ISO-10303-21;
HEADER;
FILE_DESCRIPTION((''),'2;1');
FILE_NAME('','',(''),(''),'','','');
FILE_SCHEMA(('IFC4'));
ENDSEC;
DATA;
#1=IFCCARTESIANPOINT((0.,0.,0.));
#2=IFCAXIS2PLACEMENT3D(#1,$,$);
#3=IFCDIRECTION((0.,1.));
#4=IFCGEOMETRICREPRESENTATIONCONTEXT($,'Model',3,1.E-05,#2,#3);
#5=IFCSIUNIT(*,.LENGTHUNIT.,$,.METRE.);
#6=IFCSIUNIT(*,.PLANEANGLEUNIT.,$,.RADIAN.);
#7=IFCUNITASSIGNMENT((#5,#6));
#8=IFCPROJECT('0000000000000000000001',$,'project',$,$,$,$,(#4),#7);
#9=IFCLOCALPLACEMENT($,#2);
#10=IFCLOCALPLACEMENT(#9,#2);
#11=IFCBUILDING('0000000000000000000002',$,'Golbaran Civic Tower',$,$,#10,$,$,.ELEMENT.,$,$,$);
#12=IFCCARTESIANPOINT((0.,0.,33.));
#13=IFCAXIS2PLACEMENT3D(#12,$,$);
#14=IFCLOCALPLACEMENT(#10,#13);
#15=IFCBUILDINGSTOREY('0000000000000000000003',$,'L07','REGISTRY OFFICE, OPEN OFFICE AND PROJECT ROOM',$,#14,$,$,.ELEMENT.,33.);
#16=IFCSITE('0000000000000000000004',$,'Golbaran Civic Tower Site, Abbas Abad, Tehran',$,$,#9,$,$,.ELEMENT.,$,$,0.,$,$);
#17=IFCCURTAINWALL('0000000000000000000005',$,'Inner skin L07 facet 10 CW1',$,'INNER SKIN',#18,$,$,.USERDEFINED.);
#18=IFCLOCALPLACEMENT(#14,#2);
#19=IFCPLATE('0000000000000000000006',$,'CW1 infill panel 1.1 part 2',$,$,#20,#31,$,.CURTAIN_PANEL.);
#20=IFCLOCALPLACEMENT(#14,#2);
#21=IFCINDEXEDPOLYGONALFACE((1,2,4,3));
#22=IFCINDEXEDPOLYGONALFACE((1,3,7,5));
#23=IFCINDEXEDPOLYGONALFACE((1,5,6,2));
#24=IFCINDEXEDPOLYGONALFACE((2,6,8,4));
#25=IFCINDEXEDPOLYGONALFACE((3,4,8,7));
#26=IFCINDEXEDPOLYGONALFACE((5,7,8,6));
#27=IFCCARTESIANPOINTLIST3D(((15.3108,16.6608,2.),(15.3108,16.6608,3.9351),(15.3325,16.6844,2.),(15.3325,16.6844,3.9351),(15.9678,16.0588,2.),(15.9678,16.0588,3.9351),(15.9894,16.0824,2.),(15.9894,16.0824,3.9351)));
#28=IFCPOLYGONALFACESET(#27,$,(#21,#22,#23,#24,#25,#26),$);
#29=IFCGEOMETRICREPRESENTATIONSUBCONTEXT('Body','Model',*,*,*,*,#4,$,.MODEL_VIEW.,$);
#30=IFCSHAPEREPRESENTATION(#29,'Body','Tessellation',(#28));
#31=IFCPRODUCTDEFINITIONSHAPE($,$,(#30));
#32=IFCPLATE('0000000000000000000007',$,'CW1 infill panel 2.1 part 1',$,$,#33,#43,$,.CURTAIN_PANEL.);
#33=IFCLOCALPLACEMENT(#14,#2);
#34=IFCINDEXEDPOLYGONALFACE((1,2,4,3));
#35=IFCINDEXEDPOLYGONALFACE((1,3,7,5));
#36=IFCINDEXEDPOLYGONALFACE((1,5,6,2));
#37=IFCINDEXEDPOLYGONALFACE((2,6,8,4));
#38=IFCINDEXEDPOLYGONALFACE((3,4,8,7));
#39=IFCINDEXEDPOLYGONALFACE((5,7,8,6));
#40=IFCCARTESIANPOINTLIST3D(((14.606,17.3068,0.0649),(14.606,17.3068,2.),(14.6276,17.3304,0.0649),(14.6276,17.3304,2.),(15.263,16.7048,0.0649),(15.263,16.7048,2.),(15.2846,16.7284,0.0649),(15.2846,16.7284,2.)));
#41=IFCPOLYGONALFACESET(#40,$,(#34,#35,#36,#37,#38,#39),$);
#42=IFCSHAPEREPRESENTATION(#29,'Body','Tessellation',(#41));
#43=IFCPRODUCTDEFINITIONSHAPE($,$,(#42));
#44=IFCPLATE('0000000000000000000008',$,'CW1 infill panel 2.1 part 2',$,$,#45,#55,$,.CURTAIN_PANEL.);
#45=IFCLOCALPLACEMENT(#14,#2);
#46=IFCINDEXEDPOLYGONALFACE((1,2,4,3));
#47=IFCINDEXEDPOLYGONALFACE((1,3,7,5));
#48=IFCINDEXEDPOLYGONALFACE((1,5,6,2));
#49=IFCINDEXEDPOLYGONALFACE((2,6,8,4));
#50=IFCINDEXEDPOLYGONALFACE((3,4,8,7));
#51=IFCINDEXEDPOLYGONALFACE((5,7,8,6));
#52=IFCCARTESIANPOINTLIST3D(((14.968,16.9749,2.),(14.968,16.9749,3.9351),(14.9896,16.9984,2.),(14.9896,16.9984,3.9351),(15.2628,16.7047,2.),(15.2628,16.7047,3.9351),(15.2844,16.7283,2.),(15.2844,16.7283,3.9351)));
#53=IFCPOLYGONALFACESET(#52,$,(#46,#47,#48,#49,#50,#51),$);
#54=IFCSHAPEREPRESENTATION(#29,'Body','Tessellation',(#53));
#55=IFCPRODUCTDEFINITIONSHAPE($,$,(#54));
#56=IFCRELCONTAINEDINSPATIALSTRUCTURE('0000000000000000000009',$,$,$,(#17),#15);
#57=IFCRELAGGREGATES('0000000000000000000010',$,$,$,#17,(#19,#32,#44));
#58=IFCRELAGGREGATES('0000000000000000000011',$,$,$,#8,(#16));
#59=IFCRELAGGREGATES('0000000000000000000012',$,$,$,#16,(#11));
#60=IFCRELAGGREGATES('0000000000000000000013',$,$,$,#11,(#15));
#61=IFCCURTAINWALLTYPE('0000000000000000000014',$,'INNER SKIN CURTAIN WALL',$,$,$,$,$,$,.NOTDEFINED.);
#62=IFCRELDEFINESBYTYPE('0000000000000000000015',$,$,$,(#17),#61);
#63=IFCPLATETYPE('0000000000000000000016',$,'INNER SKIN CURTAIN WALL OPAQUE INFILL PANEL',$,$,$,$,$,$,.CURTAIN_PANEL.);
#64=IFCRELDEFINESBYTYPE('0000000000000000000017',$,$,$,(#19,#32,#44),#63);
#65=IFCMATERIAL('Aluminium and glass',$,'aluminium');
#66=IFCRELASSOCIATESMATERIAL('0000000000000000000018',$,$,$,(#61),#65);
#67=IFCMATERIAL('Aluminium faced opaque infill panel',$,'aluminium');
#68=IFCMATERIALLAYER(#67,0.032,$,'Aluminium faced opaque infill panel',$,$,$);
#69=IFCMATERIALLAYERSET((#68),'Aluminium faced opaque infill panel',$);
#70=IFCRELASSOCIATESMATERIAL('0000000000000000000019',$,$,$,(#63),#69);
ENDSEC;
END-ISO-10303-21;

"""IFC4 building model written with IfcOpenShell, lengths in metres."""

from ifc_helpers import new_model, si_unit, direction, frame, origin, origin_2d, place, context, subcontext, project, spatial, rectangle, extrude, material, layer, layer_set, type_object, element, aggregate, save


model = new_model("IFC4")

# Units and contexts
model_context = context("Model", 3, precision=1e-05, world=origin(), true_north=direction((0.0, 1.0)))
body_context = subcontext(model_context, "Body", "Model", "MODEL_VIEW")
ifc_project = project(units=[si_unit("LENGTHUNIT", "METRE"), si_unit("PLANEANGLEUNIT", "RADIAN")], contexts=[model_context])

# Site, building, storey
site_placement = place(None, origin())
site = spatial("IfcSite", under=ifc_project, at=site_placement, Name="Golbaran Civic Tower Site, Abbas Abad, Tehran", CompositionType="ELEMENT", RefElevation=0.0)
building_placement = place(site_placement, origin())
building = spatial("IfcBuilding", under=site, at=building_placement, Name="Golbaran Civic Tower", CompositionType="ELEMENT")
storey_placement = place(building_placement, frame((0.0, 0.0, 33.0)))
storey = spatial("IfcBuildingStorey", under=building, at=storey_placement, Name="L07", Description="REGISTRY OFFICE, OPEN OFFICE AND PROJECT ROOM", CompositionType="ELEMENT", Elevation=33.0)

# Curtain wall
ifc_material_1 = material(Name="Aluminium and glass", Category="aluminium")
curtain_wall_type = type_object("IfcCurtainWallType", Name="INNER SKIN CURTAIN WALL", PredefinedType="NOTDEFINED", material=ifc_material_1)
curtain_wall_1_placement = place(storey_placement, origin())
curtain_wall_1 = element("IfcCurtainWall", 1, at=curtain_wall_1_placement, inside=storey, type_object=curtain_wall_type, Name="Inner skin L07 facet 10 CW1", ObjectType="INNER SKIN", PredefinedType="USERDEFINED")

# Plates
ifc_material_2 = material(Name="Aluminium faced opaque infill panel", Category="aluminium")
ifc_layer_1 = layer(ifc_material_2, 0.032, Name="Aluminium faced opaque infill panel")
ifc_layer_set_1 = layer_set([ifc_layer_1], Name="Aluminium faced opaque infill panel")
plate_type_1 = type_object("IfcPlateType", Name="INNER SKIN CURTAIN WALL OPAQUE INFILL PANEL", PredefinedType="CURTAIN_PANEL", material=ifc_layer_set_1)
plate_1_placement = place(storey_placement, frame((15.6501, 16.3716, 2.0), z_axis=(0.0, 0.0, 1.0), x_axis=(-0.737277, 0.67559, 0.0)))
plate_1 = element("IfcPlate", 2, at=plate_1_placement, type_object=plate_type_1, Name="CW1 infill panel 1.1 part 2", PredefinedType="CURTAIN_PANEL", context=body_context, shape_type="SweptSolid", body=[
    extrude(rectangle(XDim=0.8911, YDim=0.032, at=origin_2d()), origin(), (0.0, 0.0, 1.0), 1.9351),
])
plate_2_placement = place(storey_placement, frame((14.9453, 17.0176, 0.0649), z_axis=(0.0, 0.0, 1.0), x_axis=(-0.737277, 0.67559, 0.0)))
plate_2 = element("IfcPlate", 3, at=plate_2_placement, type_object=plate_type_1, Name="CW1 infill panel 2.1 part 1", PredefinedType="CURTAIN_PANEL", context=body_context, shape_type="SweptSolid", body=[
    extrude(rectangle(XDim=0.8911, YDim=0.032, at=origin_2d()), origin(), (0.0, 0.0, 1.0), 1.9351),
])
plate_3_placement = place(storey_placement, frame((15.1262, 16.8516, 2.0), z_axis=(0.0, 0.0, 1.0), x_axis=(-0.737277, 0.67559, 0.0)))
plate_3 = element("IfcPlate", 4, at=plate_3_placement, type_object=plate_type_1, Name="CW1 infill panel 2.1 part 2", PredefinedType="CURTAIN_PANEL", context=body_context, shape_type="SweptSolid", body=[
    extrude(rectangle(XDim=0.3999, YDim=0.032, at=origin_2d()), origin(), (0.0, 0.0, 1.0), 1.9351),
])
aggregate(curtain_wall_1, [plate_1, plate_2, plate_3])

save(model, "model.ifc")
